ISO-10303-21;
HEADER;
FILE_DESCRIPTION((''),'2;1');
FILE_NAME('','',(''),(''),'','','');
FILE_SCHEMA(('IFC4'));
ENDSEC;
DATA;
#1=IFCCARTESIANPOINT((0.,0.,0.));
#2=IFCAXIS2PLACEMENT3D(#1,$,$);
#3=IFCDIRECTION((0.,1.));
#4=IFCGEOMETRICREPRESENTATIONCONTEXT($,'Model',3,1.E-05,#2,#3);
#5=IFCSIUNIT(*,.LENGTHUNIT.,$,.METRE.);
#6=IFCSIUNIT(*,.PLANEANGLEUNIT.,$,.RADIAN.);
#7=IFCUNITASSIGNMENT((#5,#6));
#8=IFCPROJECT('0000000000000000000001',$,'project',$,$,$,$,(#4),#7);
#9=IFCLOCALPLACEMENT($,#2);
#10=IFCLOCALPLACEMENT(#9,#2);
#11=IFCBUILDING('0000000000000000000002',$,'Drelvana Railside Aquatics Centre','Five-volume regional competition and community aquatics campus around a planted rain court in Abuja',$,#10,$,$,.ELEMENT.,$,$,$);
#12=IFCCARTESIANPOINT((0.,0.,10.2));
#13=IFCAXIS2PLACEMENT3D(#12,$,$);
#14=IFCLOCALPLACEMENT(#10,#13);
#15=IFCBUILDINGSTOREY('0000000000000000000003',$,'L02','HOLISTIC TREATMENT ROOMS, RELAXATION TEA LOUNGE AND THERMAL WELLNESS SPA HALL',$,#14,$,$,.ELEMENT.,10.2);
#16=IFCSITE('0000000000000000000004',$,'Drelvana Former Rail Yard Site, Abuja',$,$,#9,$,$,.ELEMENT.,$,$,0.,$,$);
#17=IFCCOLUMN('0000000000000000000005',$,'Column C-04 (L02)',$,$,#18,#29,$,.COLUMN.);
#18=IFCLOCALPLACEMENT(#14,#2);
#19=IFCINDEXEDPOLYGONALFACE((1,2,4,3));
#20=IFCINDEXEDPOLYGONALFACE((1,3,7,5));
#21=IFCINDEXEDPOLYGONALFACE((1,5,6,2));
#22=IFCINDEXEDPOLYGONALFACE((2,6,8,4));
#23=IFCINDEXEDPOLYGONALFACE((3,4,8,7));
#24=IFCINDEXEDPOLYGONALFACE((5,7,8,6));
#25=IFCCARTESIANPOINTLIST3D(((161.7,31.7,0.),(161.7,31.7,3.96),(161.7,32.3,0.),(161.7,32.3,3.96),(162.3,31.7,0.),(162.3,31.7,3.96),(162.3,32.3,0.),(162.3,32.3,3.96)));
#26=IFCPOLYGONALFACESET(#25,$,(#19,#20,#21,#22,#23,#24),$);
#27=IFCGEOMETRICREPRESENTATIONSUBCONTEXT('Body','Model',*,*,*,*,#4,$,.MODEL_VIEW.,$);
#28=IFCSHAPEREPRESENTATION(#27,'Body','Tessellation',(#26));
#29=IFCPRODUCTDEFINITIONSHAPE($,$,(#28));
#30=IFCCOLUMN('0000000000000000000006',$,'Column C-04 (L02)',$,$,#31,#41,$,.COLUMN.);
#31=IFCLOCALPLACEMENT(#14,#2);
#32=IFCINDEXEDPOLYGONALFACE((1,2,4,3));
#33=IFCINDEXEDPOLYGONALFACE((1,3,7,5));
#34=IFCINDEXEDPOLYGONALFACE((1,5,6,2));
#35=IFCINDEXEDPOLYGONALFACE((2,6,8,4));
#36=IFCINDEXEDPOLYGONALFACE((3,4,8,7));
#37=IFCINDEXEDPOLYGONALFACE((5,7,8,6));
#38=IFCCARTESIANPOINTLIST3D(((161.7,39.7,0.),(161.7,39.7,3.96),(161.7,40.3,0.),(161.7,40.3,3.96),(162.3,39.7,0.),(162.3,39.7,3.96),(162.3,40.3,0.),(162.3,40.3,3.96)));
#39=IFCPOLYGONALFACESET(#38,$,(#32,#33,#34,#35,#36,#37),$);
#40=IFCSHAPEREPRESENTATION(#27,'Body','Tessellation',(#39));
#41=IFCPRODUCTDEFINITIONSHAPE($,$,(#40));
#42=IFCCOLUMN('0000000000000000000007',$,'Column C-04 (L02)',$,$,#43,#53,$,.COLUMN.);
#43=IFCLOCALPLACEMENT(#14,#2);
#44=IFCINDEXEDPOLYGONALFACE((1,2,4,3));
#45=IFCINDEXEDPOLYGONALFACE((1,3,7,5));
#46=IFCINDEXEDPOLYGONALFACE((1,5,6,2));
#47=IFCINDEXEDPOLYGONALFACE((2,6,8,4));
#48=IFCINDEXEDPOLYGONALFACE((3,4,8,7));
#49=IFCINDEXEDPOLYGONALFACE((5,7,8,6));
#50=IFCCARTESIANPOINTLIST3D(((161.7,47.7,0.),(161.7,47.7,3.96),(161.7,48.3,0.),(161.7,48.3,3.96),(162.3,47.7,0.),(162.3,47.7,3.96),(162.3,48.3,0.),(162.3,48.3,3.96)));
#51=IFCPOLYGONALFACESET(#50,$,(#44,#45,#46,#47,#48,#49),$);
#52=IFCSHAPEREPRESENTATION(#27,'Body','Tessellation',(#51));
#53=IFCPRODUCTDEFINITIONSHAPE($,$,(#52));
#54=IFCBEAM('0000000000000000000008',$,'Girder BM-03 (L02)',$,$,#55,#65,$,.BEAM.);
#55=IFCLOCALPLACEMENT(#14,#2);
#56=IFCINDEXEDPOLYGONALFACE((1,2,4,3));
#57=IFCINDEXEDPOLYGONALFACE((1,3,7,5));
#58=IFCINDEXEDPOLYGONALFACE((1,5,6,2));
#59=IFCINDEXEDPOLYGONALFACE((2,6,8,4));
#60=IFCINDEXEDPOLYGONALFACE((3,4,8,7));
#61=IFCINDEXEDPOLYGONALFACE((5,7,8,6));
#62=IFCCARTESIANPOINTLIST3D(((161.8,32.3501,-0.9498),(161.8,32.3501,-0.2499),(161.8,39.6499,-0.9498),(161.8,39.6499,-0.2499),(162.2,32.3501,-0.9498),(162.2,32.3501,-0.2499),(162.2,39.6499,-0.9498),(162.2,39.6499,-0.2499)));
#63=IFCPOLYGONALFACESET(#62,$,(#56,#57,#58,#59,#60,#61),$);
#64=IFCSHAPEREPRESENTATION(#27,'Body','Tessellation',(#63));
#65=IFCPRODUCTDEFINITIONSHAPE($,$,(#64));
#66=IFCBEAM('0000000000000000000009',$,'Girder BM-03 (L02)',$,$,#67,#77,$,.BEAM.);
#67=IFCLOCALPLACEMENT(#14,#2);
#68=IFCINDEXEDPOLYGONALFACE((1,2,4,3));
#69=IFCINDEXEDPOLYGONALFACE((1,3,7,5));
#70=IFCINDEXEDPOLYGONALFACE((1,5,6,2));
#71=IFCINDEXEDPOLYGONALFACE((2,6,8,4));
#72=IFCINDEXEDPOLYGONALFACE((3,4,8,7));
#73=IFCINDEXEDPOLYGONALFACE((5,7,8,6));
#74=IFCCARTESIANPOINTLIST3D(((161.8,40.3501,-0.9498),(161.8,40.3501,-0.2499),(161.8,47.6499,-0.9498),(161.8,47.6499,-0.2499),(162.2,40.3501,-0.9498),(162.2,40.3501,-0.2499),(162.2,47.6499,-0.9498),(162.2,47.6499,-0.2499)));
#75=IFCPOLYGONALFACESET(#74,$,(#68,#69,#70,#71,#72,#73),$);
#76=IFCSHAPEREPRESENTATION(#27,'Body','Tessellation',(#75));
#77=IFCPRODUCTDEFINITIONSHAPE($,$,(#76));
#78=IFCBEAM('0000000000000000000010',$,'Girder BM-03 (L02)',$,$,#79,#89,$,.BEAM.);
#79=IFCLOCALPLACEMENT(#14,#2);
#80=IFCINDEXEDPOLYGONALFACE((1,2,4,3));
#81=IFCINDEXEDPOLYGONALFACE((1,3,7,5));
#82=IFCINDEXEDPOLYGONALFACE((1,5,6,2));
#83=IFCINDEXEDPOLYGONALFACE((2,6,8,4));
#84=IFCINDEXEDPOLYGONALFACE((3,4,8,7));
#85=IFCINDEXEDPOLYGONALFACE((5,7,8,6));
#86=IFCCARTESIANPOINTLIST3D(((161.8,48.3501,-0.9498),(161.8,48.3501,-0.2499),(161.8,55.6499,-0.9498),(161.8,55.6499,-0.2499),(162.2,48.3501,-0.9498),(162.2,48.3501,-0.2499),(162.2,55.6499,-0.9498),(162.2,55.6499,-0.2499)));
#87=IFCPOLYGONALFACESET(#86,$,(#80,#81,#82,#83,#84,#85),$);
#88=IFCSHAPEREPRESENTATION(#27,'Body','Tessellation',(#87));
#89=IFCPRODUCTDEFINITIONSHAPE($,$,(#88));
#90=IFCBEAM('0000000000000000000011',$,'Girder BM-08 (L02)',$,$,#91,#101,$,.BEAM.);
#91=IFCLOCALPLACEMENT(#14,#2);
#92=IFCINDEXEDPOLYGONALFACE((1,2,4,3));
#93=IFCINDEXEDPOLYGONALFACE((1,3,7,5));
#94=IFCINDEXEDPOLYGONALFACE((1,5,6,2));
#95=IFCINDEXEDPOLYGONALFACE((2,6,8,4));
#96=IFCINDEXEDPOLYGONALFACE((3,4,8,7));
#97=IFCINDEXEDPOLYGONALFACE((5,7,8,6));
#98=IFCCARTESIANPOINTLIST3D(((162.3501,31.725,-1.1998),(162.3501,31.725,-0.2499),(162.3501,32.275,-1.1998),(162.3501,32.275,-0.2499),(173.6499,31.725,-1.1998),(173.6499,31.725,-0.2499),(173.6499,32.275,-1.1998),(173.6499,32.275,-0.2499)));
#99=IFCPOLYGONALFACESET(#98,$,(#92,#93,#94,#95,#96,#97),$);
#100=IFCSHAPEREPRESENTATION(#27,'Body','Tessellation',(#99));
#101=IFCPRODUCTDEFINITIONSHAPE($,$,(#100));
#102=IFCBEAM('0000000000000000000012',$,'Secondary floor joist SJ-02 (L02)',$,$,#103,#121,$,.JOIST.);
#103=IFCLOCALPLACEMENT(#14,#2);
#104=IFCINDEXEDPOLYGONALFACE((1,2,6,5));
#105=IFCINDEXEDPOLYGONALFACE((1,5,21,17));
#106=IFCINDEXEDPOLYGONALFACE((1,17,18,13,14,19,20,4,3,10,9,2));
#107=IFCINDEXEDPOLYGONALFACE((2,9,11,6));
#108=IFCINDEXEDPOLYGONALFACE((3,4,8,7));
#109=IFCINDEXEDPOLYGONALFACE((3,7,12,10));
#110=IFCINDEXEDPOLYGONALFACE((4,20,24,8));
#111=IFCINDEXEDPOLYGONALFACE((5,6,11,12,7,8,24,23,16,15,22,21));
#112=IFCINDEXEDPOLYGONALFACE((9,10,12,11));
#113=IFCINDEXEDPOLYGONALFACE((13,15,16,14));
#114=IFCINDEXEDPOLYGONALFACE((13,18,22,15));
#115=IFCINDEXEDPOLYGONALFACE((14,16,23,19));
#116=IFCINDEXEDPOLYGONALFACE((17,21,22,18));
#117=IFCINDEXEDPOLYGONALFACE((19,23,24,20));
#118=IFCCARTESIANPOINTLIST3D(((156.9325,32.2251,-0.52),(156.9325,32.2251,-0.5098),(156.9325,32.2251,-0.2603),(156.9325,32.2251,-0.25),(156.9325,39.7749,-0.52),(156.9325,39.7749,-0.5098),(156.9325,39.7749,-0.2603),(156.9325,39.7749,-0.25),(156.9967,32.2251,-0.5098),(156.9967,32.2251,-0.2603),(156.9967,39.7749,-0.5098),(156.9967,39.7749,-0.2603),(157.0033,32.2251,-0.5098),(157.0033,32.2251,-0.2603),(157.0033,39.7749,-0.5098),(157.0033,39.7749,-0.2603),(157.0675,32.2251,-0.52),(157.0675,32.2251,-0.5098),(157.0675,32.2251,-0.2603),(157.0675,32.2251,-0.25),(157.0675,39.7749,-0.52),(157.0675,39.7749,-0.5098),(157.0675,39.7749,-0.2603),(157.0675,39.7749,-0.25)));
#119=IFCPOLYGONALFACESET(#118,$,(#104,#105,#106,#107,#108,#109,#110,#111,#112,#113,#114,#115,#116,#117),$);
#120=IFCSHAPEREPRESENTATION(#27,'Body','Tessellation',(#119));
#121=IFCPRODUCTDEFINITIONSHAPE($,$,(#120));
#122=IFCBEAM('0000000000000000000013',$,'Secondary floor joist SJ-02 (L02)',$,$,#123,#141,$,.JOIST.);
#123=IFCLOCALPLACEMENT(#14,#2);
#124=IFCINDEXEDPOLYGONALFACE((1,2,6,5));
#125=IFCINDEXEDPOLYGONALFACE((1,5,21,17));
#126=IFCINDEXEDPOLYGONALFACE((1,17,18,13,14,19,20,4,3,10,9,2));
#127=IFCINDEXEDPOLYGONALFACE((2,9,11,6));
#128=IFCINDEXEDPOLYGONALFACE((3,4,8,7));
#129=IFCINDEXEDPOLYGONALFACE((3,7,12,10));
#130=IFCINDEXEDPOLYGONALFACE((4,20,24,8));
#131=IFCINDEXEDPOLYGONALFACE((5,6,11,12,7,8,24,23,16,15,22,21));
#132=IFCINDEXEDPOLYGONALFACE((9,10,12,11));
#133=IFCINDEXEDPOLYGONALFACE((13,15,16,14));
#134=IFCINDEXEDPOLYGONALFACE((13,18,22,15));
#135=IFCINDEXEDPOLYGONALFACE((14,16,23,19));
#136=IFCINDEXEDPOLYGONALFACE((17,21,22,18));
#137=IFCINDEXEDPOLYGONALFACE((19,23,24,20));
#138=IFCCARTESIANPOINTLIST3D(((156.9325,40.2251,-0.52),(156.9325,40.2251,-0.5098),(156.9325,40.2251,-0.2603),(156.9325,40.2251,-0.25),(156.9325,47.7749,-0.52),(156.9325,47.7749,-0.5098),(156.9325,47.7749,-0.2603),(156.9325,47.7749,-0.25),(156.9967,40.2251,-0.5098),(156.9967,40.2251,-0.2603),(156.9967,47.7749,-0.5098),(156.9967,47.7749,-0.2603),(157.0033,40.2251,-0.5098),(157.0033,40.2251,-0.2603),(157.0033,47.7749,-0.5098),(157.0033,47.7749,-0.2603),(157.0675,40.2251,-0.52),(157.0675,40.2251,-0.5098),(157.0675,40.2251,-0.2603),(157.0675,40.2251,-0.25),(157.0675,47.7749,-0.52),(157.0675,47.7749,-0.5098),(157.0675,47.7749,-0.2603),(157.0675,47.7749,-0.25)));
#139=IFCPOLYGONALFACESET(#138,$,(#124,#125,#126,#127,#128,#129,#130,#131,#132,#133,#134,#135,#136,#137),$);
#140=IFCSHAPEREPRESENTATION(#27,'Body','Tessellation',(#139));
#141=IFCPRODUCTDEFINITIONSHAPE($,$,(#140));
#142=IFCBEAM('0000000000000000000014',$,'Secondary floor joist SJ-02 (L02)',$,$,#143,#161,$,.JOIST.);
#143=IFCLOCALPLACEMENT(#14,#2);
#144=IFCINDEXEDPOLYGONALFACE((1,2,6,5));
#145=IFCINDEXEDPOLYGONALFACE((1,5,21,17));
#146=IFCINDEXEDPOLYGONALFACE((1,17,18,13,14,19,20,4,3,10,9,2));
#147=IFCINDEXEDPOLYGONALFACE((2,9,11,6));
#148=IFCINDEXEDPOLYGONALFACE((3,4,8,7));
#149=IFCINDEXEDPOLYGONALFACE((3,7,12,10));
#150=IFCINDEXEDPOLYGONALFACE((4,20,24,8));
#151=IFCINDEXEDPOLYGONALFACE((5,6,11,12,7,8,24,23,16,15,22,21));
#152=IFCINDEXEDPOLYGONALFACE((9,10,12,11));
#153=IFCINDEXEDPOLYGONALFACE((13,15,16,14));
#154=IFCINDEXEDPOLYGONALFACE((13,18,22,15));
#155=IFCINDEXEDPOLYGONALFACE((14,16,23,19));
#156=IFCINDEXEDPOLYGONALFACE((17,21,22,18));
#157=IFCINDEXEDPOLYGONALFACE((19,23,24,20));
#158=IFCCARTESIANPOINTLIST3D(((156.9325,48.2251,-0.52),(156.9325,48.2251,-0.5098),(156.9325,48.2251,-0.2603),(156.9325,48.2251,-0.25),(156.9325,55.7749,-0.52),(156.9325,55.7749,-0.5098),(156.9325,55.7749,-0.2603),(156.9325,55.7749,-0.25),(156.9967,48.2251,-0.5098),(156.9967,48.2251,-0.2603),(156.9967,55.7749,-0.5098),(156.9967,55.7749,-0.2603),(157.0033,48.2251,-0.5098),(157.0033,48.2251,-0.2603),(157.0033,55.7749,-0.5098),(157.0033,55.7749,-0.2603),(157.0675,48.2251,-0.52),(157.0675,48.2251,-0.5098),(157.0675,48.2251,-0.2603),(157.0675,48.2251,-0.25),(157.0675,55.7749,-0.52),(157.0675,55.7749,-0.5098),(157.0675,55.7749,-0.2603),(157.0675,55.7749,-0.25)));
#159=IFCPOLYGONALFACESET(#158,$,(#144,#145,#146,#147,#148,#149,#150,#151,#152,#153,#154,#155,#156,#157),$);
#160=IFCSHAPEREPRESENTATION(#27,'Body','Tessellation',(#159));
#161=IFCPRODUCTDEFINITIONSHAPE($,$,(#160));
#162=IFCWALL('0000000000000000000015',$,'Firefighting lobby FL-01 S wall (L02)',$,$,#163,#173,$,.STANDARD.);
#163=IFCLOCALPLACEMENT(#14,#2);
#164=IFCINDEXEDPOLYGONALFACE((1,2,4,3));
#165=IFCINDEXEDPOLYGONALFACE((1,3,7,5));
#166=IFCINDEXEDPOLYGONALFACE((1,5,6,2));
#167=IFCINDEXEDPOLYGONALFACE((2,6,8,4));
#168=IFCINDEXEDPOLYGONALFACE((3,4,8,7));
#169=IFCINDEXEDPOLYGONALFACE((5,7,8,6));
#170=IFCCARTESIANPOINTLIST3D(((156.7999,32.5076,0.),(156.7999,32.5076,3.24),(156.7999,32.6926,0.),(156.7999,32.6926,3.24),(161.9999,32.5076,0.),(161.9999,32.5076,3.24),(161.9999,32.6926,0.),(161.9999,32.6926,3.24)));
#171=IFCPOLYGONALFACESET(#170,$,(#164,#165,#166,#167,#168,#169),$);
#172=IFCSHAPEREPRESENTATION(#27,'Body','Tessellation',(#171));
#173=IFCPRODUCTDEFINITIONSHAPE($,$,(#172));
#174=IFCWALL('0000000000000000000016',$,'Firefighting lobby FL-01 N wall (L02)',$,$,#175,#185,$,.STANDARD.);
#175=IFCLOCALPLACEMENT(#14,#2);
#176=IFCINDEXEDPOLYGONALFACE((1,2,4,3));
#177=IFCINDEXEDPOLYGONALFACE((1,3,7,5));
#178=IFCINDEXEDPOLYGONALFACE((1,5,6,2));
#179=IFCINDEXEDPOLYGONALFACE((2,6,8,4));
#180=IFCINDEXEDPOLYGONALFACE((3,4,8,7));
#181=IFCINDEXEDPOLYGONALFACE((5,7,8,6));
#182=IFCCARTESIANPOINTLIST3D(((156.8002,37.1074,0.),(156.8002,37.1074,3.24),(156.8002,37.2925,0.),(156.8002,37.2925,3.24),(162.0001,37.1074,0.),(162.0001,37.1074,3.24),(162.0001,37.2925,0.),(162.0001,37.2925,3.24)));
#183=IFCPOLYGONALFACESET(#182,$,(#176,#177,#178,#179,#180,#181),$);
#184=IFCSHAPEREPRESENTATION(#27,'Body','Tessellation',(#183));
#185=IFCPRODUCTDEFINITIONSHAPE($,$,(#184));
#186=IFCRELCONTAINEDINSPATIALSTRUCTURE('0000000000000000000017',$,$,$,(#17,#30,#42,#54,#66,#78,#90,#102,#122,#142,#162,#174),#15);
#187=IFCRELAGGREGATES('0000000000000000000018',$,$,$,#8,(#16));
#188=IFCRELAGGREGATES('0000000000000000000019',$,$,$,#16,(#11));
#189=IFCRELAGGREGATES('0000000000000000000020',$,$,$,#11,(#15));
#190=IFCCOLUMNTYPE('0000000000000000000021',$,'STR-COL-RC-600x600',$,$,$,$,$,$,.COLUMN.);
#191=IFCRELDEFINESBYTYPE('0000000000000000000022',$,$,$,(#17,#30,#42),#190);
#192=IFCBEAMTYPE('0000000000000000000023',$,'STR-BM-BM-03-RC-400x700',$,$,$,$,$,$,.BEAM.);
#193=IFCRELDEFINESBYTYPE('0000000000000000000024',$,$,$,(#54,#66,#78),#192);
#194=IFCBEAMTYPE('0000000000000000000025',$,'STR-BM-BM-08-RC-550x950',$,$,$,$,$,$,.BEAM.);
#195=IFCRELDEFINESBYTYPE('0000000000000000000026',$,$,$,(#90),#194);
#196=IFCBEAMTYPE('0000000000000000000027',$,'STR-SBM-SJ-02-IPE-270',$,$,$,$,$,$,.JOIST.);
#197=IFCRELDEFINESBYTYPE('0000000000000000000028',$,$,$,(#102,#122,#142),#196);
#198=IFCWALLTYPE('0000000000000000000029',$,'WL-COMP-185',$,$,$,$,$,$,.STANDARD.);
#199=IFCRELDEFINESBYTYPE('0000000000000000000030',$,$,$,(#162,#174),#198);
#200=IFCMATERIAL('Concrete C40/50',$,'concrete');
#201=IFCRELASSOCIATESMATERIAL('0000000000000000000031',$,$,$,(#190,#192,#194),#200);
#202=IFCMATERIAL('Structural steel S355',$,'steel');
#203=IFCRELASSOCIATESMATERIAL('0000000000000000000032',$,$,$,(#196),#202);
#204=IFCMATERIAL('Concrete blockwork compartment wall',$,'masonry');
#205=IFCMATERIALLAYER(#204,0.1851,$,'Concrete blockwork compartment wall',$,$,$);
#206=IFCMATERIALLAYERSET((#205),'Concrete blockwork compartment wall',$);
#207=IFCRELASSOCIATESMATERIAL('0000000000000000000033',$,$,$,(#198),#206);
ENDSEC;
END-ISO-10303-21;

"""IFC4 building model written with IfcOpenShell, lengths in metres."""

from ifc_helpers import new_model, si_unit, direction, frame, frame_2d, origin, origin_2d, place, context, subcontext, project, spatial, rectangle, i_section, extrude, material, layer, layer_set, material_profile, profile_set, type_object, element, save


model = new_model("IFC4")

# Units and contexts
model_context = context("Model", 3, precision=1e-05, world=origin(), true_north=direction((0.0, 1.0)))
body_context = subcontext(model_context, "Body", "Model", "MODEL_VIEW")
ifc_project = project(units=[si_unit("LENGTHUNIT", "METRE"), si_unit("PLANEANGLEUNIT", "RADIAN")], contexts=[model_context])

# Site, building, storey
site_placement = place(None, origin())
site = spatial("IfcSite", under=ifc_project, at=site_placement, Name="Drelvana Former Rail Yard Site, Abuja", CompositionType="ELEMENT", RefElevation=0.0)
building_placement = place(site_placement, origin())
building = spatial("IfcBuilding", under=site, at=building_placement, Name="Drelvana Railside Aquatics Centre", Description="Five-volume regional competition and community aquatics campus around a planted rain court in Abuja", CompositionType="ELEMENT")
storey_placement = place(building_placement, frame((0.0, 0.0, 10.2)))
storey = spatial("IfcBuildingStorey", under=building, at=storey_placement, Name="L02", Description="HOLISTIC TREATMENT ROOMS, RELAXATION TEA LOUNGE AND THERMAL WELLNESS SPA HALL", CompositionType="ELEMENT", Elevation=10.2)

# Columns
ifc_material_1 = material(Name="Concrete C40/50", Category="concrete")
ifc_material_profile_1 = material_profile(ifc_material_1, rectangle(XDim=0.6001, YDim=0.6001, at=origin_2d()), Name="RC 600x600")
ifc_profile_set_1 = profile_set([ifc_material_profile_1], Name="Concrete C40/50")
column_type = type_object("IfcColumnType", Name="STR-COL-RC-600x600", PredefinedType="COLUMN", material=ifc_profile_set_1)
for number, where, z_axis, x_axis, name in (
    (1, (162.0, 32.0, 0.0), (0.0, 0.0, 1.0), (1.0, 0.0, 0.0), "Column C-04 (L02)"),
    (2, (162.0, 40.0, 0.0), (0.0, 0.0, 1.0), (1.0, 0.0, 0.0), "Column C-04 (L02)"),
    (3, (162.0, 48.0, 0.0), (0.0, 0.0, 1.0), (1.0, 0.0, 0.0), "Column C-04 (L02)"),
):
    element("IfcColumn", number, at=place(storey_placement, frame(where, z_axis=z_axis, x_axis=x_axis)), inside=storey, type_object=column_type, Name=name, PredefinedType="COLUMN", context=body_context, shape_type="SweptSolid", body=[
        extrude(rectangle(XDim=0.6001, YDim=0.6001, at=origin_2d()), origin(), (0.0, 0.0, 1.0), 3.96),
    ])

# Beams
ifc_material_profile_2 = material_profile(ifc_material_1, rectangle(XDim=0.3999, YDim=0.7, at=origin_2d()), Name="RC 400x700")
ifc_profile_set_2 = profile_set([ifc_material_profile_2], Name="Concrete C40/50")
beam_type_1 = type_object("IfcBeamType", Name="STR-BM-BM-03-RC-400x700", PredefinedType="BEAM", material=ifc_profile_set_2)
for number, where, z_axis, x_axis, name in (
    (4, (162.0, 32.3501, -0.5999), (0.0, 1.0, 0.0), (-1.0, 0.0, 0.0), "Girder BM-03 (L02)"),
    (5, (162.0, 40.3501, -0.5999), (0.0, 1.0, 0.0), (-1.0, 0.0, 0.0), "Girder BM-03 (L02)"),
    (6, (162.0, 48.3501, -0.5999), (0.0, 1.0, 0.0), (-1.0, 0.0, 0.0), "Girder BM-03 (L02)"),
):
    element("IfcBeam", number, at=place(storey_placement, frame(where, z_axis=z_axis, x_axis=x_axis)), inside=storey, type_object=beam_type_1, Name=name, PredefinedType="BEAM", context=body_context, shape_type="SweptSolid", body=[
        extrude(rectangle(XDim=0.3999, YDim=0.7, at=origin_2d()), origin(), (0.0, 0.0, 1.0), 7.2998),
    ])
ifc_material_profile_3 = material_profile(ifc_material_1, rectangle(XDim=0.55, YDim=0.95, at=origin_2d()), Name="RC 550x950")
ifc_profile_set_3 = profile_set([ifc_material_profile_3], Name="Concrete C40/50")
beam_type_2 = type_object("IfcBeamType", Name="STR-BM-BM-08-RC-550x950", PredefinedType="BEAM", material=ifc_profile_set_3)
beam_placement = place(storey_placement, frame((162.3501, 32.0, -0.7249), z_axis=(1.0, 0.0, 0.0), x_axis=(0.0, 1.0, 0.0)))
element("IfcBeam", 7, at=beam_placement, inside=storey, type_object=beam_type_2, Name="Girder BM-08 (L02)", PredefinedType="BEAM", context=body_context, shape_type="SweptSolid", body=[
    extrude(rectangle(XDim=0.55, YDim=0.95, at=origin_2d()), origin(), (0.0, 0.0, 1.0), 11.2998),
])
ifc_material_2 = material(Name="Structural steel S355", Category="steel")
ifc_material_profile_4 = material_profile(ifc_material_2, i_section(OverallWidth=0.135, OverallDepth=0.27, WebThickness=0.0066, FlangeThickness=0.0103, at=origin_2d()), Name="IPE 270")
ifc_profile_set_4 = profile_set([ifc_material_profile_4], Name="Structural steel S355")
beam_type_3 = type_object("IfcBeamType", Name="STR-SBM-SJ-02-IPE-270", PredefinedType="JOIST", material=ifc_profile_set_4)
for number, where, z_axis, x_axis, name in (
    (8, (157.0, 32.2251, -0.385), (0.0, 1.0, 0.0), (-1.0, 0.0, 0.0), "Secondary floor joist SJ-02 (L02)"),
    (9, (157.0, 40.2251, -0.385), (0.0, 1.0, 0.0), (-1.0, 0.0, 0.0), "Secondary floor joist SJ-02 (L02)"),
    (10, (157.0, 48.2251, -0.385), (0.0, 1.0, 0.0), (-1.0, 0.0, 0.0), "Secondary floor joist SJ-02 (L02)"),
):
    element("IfcBeam", number, at=place(storey_placement, frame(where, z_axis=z_axis, x_axis=x_axis)), inside=storey, type_object=beam_type_3, Name=name, PredefinedType="JOIST", context=body_context, shape_type="SweptSolid", body=[
        extrude(i_section(OverallWidth=0.135, OverallDepth=0.27, WebThickness=0.0066, FlangeThickness=0.0103, at=origin_2d()), origin(), (0.0, 0.0, 1.0), 7.5498),
    ])

# Walls
ifc_material_3 = material(Name="Concrete blockwork compartment wall", Category="masonry")
ifc_layer_1 = layer(ifc_material_3, 0.1851, Name="Concrete blockwork compartment wall")
ifc_layer_set_1 = layer_set([ifc_layer_1], Name="Concrete blockwork compartment wall")
wall_type_1 = type_object("IfcWallType", Name="WL-COMP-185", PredefinedType="STANDARD", material=ifc_layer_set_1)
for number, where, z_axis, x_axis, name in (
    (11, (162.0, 32.6001, 0.0), (0.0, 0.0, 1.0), (-1.0, 0.0, 0.0), "Firefighting lobby FL-01 S wall (L02)"),
    (12, (156.8, 37.2, 0.0), (0.0, 0.0, 1.0), (1.0, 0.0, 0.0), "Firefighting lobby FL-01 N wall (L02)"),
):
    element("IfcWall", number, at=place(storey_placement, frame(where, z_axis=z_axis, x_axis=x_axis)), inside=storey, type_object=wall_type_1, Name=name, PredefinedType="STANDARD", context=body_context, shape_type="SweptSolid", body=[
        extrude(rectangle(XDim=5.2, YDim=0.1851, at=frame_2d((2.6001, 0.0))), origin(), (0.0, 0.0, 1.0), 3.24),
    ])

save(model, "model.ifc")
